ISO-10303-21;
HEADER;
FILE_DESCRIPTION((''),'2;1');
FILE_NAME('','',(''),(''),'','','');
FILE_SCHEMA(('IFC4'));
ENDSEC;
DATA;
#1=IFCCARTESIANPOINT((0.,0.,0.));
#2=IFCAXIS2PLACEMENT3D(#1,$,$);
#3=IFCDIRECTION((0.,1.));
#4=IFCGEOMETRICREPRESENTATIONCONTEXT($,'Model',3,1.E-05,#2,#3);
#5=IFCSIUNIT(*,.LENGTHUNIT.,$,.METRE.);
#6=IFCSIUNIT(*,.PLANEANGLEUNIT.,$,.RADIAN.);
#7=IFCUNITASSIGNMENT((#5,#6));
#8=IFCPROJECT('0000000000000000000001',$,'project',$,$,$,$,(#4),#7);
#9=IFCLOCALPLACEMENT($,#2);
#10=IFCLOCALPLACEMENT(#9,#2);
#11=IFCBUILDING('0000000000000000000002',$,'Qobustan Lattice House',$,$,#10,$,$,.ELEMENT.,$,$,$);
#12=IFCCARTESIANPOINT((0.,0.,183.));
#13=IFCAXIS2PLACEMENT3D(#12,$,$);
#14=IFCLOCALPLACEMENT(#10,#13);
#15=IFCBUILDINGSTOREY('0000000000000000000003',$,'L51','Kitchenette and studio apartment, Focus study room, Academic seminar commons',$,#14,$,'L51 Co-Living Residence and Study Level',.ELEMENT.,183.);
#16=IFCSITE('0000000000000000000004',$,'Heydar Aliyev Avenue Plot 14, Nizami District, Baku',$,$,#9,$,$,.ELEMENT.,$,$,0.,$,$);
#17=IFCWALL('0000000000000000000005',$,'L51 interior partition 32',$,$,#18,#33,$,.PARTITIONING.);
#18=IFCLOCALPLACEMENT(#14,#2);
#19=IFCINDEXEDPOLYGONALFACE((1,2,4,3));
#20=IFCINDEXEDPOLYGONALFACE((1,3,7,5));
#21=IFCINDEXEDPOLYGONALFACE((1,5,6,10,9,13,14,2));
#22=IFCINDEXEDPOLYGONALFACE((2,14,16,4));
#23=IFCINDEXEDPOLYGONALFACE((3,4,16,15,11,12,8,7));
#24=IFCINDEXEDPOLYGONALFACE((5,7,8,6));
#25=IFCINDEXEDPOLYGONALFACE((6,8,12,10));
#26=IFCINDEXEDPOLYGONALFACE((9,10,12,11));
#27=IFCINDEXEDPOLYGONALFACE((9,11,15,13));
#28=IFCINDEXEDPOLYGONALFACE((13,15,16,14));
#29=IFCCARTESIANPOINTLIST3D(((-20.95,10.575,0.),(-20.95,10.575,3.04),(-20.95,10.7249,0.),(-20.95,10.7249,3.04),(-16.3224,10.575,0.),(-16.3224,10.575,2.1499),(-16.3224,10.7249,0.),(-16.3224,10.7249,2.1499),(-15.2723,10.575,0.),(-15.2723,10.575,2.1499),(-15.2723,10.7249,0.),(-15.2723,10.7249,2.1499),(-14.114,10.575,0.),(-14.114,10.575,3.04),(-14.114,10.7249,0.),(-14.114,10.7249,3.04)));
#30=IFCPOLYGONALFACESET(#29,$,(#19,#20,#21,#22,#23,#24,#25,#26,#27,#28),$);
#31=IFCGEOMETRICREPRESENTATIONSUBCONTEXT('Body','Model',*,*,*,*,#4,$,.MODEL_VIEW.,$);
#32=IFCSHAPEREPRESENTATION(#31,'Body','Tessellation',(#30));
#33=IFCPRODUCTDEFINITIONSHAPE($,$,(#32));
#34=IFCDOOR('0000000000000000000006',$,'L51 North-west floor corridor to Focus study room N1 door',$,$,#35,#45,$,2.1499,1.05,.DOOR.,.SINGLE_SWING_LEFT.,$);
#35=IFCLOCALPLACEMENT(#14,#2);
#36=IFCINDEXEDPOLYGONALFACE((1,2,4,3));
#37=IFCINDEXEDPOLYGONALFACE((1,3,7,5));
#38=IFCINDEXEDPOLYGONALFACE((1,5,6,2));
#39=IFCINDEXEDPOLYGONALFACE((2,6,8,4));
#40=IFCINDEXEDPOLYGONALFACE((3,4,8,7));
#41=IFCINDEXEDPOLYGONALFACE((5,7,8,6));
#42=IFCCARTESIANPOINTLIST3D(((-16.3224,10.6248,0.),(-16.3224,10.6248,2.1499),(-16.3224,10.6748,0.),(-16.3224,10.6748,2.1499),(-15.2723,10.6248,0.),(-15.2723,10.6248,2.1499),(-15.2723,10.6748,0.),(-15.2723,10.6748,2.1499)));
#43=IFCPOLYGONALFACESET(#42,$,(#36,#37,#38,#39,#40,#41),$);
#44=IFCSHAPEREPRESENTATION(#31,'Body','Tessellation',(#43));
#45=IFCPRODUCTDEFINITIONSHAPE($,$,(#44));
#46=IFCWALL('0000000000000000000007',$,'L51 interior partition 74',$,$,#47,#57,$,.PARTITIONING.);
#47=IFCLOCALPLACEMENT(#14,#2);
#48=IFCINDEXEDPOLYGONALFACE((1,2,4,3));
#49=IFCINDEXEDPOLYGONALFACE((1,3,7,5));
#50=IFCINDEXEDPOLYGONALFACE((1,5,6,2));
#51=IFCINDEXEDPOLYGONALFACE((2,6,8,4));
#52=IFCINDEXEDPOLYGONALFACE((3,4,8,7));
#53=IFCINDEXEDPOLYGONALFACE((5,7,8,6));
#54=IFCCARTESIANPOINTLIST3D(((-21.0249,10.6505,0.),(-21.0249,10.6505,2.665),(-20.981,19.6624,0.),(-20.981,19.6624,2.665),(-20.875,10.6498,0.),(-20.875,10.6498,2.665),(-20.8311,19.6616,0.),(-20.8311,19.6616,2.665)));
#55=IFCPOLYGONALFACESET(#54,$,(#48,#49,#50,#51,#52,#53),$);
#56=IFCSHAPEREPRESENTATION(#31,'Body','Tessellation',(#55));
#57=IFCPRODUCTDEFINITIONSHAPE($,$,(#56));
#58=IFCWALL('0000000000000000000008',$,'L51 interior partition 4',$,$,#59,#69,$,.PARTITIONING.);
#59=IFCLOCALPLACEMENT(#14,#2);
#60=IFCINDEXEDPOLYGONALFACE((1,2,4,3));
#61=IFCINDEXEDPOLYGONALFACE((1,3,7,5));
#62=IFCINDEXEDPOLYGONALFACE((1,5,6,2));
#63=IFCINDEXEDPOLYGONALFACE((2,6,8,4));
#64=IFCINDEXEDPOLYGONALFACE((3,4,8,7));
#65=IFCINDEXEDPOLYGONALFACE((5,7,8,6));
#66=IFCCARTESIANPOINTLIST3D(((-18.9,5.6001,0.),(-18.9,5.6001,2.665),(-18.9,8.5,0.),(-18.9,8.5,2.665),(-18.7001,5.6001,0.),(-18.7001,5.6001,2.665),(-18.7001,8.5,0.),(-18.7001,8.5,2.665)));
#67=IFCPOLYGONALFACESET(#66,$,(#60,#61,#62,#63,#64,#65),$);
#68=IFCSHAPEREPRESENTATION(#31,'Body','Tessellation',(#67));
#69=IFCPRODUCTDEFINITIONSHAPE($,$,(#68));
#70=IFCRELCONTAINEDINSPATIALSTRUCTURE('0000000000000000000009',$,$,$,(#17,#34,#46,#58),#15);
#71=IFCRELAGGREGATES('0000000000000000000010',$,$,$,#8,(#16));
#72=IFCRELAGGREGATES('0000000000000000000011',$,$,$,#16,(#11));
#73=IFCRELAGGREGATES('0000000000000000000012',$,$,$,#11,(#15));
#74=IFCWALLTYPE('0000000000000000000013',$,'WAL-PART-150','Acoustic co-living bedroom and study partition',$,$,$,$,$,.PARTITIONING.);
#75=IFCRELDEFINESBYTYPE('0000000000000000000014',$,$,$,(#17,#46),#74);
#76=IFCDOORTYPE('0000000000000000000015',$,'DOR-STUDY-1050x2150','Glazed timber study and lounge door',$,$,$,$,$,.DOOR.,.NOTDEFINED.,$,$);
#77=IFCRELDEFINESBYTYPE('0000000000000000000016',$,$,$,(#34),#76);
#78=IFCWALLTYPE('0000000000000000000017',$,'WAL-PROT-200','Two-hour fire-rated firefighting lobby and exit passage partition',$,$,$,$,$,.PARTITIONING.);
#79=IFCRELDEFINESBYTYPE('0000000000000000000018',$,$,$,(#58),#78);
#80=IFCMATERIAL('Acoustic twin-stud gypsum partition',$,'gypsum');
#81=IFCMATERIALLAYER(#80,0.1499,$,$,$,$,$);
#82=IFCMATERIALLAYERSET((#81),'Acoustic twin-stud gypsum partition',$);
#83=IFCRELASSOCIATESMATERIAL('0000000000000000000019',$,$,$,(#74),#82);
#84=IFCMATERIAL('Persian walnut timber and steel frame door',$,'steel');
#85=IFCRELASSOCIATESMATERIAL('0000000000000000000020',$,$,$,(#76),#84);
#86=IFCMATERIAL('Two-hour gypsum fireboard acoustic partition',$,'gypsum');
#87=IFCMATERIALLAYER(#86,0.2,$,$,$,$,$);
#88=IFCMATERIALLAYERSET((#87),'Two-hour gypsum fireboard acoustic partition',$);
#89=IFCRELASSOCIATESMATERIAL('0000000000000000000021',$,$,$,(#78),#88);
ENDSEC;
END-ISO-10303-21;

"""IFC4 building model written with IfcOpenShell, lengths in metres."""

from ifc_helpers import new_model, si_unit, direction, frame, frame_2d, origin, place, context, subcontext, project, spatial, rectangle, extrude, material, layer, layer_set, type_object, element, fill, save


model = new_model("IFC4")

# Units and contexts
model_context = context("Model", 3, precision=1e-05, world=origin(), true_north=direction((0.0, 1.0)))
body_context = subcontext(model_context, "Body", "Model", "MODEL_VIEW")
ifc_project = project(units=[si_unit("LENGTHUNIT", "METRE"), si_unit("PLANEANGLEUNIT", "RADIAN")], contexts=[model_context])

# Site, building, storey
site_placement = place(None, origin())
site = spatial("IfcSite", under=ifc_project, at=site_placement, Name="Heydar Aliyev Avenue Plot 14, Nizami District, Baku", CompositionType="ELEMENT", RefElevation=0.0)
building_placement = place(site_placement, origin())
building = spatial("IfcBuilding", under=site, at=building_placement, Name="Qobustan Lattice House", CompositionType="ELEMENT")
storey_placement = place(building_placement, frame((0.0, 0.0, 183.0)))
storey = spatial("IfcBuildingStorey", under=building, at=storey_placement, Name="L51", Description="Kitchenette and studio apartment, Focus study room, Academic seminar commons", LongName="L51 Co-Living Residence and Study Level", CompositionType="ELEMENT", Elevation=183.0)

# Wall, opening, door
ifc_material_1 = material(Name="Acoustic twin-stud gypsum partition", Category="gypsum")
ifc_layer_1 = layer(ifc_material_1, 0.1499)
ifc_layer_set_1 = layer_set([ifc_layer_1], Name="Acoustic twin-stud gypsum partition")
wall_type_1 = type_object("IfcWallType", Name="WAL-PART-150", Description="Acoustic co-living bedroom and study partition", PredefinedType="PARTITIONING", material=ifc_layer_set_1)
wall_1_placement = place(storey_placement, frame((-20.95, 10.6499, 0.0), z_axis=(0.0, 0.0, 1.0), x_axis=(1.0, 0.0, 0.0)))
wall_1 = element("IfcWall", 1, at=wall_1_placement, inside=storey, type_object=wall_type_1, Name="L51 interior partition 32", PredefinedType="PARTITIONING", context=body_context, shape_type="SweptSolid", body=[
    extrude(rectangle(XDim=6.8359, YDim=0.1499, at=frame_2d((3.418, 0.0))), origin(), (0.0, 0.0, 1.0), 3.04),
])
opening_1_placement = place(wall_1_placement, frame((4.6277, 0.0, 0.0)))
opening_1 = element("IfcOpeningElement", 2, at=opening_1_placement, cuts=wall_1, PredefinedType="OPENING", context=body_context, shape_type="SweptSolid", body=[
    extrude(rectangle(XDim=1.05, YDim=2.1499, at=frame_2d((0.5249, 1.075))), frame((0.0, 0.085, 0.0), z_axis=(0.0, -1.0, 0.0), x_axis=(1.0, 0.0, 0.0)), (0.0, 0.0, 1.0), 0.1699),
])
ifc_material_2 = material(Name="Persian walnut timber and steel frame door", Category="steel")
door_type = type_object("IfcDoorType", Name="DOR-STUDY-1050x2150", Description="Glazed timber study and lounge door", OperationType="NOTDEFINED", PredefinedType="DOOR", material=ifc_material_2)
door_placement = place(opening_1_placement, origin())
door = element("IfcDoor", 3, at=door_placement, inside=storey, type_object=door_type, Name="L51 North-west floor corridor to Focus study room N1 door", OperationType="SINGLE_SWING_LEFT", OverallHeight=2.1499, OverallWidth=1.05, PredefinedType="DOOR", context=body_context, shape_type="SweptSolid", body=[
    extrude(rectangle(XDim=1.05, YDim=2.1499, at=frame_2d((0.5249, 1.075))), frame((0.0, 0.0249, 0.0), z_axis=(0.0, -1.0, 0.0), x_axis=(1.0, 0.0, 0.0)), (0.0, 0.0, 1.0), 0.05),
])
fill(opening_1, door)

# Walls
wall_2_placement = place(storey_placement, frame((-20.906, 19.6619, 0.0), z_axis=(0.0, 0.0, 1.0), x_axis=(-0.004876, -0.999988, 0.0)))
element("IfcWall", 4, at=wall_2_placement, inside=storey, type_object=wall_type_1, Name="L51 interior partition 74", PredefinedType="PARTITIONING", context=body_context, shape_type="SweptSolid", body=[
    extrude(rectangle(XDim=9.012, YDim=0.1499, at=frame_2d((4.5059, 0.0))), origin(), (0.0, 0.0, 1.0), 2.665),
])
ifc_material_3 = material(Name="Two-hour gypsum fireboard acoustic partition", Category="gypsum")
ifc_layer_2 = layer(ifc_material_3, 0.2)
ifc_layer_set_2 = layer_set([ifc_layer_2], Name="Two-hour gypsum fireboard acoustic partition")
wall_type_2 = type_object("IfcWallType", Name="WAL-PROT-200", Description="Two-hour fire-rated firefighting lobby and exit passage partition", PredefinedType="PARTITIONING", material=ifc_layer_set_2)
wall_3_placement = place(storey_placement, frame((-18.8, 8.5, 0.0), z_axis=(0.0, 0.0, 1.0), x_axis=(0.0, -1.0, 0.0)))
element("IfcWall", 5, at=wall_3_placement, inside=storey, type_object=wall_type_2, Name="L51 interior partition 4", PredefinedType="PARTITIONING", context=body_context, shape_type="SweptSolid", body=[
    extrude(rectangle(XDim=2.8999, YDim=0.2, at=frame_2d((1.45, 0.0))), origin(), (0.0, 0.0, 1.0), 2.665),
])

save(model, "model.ifc")
